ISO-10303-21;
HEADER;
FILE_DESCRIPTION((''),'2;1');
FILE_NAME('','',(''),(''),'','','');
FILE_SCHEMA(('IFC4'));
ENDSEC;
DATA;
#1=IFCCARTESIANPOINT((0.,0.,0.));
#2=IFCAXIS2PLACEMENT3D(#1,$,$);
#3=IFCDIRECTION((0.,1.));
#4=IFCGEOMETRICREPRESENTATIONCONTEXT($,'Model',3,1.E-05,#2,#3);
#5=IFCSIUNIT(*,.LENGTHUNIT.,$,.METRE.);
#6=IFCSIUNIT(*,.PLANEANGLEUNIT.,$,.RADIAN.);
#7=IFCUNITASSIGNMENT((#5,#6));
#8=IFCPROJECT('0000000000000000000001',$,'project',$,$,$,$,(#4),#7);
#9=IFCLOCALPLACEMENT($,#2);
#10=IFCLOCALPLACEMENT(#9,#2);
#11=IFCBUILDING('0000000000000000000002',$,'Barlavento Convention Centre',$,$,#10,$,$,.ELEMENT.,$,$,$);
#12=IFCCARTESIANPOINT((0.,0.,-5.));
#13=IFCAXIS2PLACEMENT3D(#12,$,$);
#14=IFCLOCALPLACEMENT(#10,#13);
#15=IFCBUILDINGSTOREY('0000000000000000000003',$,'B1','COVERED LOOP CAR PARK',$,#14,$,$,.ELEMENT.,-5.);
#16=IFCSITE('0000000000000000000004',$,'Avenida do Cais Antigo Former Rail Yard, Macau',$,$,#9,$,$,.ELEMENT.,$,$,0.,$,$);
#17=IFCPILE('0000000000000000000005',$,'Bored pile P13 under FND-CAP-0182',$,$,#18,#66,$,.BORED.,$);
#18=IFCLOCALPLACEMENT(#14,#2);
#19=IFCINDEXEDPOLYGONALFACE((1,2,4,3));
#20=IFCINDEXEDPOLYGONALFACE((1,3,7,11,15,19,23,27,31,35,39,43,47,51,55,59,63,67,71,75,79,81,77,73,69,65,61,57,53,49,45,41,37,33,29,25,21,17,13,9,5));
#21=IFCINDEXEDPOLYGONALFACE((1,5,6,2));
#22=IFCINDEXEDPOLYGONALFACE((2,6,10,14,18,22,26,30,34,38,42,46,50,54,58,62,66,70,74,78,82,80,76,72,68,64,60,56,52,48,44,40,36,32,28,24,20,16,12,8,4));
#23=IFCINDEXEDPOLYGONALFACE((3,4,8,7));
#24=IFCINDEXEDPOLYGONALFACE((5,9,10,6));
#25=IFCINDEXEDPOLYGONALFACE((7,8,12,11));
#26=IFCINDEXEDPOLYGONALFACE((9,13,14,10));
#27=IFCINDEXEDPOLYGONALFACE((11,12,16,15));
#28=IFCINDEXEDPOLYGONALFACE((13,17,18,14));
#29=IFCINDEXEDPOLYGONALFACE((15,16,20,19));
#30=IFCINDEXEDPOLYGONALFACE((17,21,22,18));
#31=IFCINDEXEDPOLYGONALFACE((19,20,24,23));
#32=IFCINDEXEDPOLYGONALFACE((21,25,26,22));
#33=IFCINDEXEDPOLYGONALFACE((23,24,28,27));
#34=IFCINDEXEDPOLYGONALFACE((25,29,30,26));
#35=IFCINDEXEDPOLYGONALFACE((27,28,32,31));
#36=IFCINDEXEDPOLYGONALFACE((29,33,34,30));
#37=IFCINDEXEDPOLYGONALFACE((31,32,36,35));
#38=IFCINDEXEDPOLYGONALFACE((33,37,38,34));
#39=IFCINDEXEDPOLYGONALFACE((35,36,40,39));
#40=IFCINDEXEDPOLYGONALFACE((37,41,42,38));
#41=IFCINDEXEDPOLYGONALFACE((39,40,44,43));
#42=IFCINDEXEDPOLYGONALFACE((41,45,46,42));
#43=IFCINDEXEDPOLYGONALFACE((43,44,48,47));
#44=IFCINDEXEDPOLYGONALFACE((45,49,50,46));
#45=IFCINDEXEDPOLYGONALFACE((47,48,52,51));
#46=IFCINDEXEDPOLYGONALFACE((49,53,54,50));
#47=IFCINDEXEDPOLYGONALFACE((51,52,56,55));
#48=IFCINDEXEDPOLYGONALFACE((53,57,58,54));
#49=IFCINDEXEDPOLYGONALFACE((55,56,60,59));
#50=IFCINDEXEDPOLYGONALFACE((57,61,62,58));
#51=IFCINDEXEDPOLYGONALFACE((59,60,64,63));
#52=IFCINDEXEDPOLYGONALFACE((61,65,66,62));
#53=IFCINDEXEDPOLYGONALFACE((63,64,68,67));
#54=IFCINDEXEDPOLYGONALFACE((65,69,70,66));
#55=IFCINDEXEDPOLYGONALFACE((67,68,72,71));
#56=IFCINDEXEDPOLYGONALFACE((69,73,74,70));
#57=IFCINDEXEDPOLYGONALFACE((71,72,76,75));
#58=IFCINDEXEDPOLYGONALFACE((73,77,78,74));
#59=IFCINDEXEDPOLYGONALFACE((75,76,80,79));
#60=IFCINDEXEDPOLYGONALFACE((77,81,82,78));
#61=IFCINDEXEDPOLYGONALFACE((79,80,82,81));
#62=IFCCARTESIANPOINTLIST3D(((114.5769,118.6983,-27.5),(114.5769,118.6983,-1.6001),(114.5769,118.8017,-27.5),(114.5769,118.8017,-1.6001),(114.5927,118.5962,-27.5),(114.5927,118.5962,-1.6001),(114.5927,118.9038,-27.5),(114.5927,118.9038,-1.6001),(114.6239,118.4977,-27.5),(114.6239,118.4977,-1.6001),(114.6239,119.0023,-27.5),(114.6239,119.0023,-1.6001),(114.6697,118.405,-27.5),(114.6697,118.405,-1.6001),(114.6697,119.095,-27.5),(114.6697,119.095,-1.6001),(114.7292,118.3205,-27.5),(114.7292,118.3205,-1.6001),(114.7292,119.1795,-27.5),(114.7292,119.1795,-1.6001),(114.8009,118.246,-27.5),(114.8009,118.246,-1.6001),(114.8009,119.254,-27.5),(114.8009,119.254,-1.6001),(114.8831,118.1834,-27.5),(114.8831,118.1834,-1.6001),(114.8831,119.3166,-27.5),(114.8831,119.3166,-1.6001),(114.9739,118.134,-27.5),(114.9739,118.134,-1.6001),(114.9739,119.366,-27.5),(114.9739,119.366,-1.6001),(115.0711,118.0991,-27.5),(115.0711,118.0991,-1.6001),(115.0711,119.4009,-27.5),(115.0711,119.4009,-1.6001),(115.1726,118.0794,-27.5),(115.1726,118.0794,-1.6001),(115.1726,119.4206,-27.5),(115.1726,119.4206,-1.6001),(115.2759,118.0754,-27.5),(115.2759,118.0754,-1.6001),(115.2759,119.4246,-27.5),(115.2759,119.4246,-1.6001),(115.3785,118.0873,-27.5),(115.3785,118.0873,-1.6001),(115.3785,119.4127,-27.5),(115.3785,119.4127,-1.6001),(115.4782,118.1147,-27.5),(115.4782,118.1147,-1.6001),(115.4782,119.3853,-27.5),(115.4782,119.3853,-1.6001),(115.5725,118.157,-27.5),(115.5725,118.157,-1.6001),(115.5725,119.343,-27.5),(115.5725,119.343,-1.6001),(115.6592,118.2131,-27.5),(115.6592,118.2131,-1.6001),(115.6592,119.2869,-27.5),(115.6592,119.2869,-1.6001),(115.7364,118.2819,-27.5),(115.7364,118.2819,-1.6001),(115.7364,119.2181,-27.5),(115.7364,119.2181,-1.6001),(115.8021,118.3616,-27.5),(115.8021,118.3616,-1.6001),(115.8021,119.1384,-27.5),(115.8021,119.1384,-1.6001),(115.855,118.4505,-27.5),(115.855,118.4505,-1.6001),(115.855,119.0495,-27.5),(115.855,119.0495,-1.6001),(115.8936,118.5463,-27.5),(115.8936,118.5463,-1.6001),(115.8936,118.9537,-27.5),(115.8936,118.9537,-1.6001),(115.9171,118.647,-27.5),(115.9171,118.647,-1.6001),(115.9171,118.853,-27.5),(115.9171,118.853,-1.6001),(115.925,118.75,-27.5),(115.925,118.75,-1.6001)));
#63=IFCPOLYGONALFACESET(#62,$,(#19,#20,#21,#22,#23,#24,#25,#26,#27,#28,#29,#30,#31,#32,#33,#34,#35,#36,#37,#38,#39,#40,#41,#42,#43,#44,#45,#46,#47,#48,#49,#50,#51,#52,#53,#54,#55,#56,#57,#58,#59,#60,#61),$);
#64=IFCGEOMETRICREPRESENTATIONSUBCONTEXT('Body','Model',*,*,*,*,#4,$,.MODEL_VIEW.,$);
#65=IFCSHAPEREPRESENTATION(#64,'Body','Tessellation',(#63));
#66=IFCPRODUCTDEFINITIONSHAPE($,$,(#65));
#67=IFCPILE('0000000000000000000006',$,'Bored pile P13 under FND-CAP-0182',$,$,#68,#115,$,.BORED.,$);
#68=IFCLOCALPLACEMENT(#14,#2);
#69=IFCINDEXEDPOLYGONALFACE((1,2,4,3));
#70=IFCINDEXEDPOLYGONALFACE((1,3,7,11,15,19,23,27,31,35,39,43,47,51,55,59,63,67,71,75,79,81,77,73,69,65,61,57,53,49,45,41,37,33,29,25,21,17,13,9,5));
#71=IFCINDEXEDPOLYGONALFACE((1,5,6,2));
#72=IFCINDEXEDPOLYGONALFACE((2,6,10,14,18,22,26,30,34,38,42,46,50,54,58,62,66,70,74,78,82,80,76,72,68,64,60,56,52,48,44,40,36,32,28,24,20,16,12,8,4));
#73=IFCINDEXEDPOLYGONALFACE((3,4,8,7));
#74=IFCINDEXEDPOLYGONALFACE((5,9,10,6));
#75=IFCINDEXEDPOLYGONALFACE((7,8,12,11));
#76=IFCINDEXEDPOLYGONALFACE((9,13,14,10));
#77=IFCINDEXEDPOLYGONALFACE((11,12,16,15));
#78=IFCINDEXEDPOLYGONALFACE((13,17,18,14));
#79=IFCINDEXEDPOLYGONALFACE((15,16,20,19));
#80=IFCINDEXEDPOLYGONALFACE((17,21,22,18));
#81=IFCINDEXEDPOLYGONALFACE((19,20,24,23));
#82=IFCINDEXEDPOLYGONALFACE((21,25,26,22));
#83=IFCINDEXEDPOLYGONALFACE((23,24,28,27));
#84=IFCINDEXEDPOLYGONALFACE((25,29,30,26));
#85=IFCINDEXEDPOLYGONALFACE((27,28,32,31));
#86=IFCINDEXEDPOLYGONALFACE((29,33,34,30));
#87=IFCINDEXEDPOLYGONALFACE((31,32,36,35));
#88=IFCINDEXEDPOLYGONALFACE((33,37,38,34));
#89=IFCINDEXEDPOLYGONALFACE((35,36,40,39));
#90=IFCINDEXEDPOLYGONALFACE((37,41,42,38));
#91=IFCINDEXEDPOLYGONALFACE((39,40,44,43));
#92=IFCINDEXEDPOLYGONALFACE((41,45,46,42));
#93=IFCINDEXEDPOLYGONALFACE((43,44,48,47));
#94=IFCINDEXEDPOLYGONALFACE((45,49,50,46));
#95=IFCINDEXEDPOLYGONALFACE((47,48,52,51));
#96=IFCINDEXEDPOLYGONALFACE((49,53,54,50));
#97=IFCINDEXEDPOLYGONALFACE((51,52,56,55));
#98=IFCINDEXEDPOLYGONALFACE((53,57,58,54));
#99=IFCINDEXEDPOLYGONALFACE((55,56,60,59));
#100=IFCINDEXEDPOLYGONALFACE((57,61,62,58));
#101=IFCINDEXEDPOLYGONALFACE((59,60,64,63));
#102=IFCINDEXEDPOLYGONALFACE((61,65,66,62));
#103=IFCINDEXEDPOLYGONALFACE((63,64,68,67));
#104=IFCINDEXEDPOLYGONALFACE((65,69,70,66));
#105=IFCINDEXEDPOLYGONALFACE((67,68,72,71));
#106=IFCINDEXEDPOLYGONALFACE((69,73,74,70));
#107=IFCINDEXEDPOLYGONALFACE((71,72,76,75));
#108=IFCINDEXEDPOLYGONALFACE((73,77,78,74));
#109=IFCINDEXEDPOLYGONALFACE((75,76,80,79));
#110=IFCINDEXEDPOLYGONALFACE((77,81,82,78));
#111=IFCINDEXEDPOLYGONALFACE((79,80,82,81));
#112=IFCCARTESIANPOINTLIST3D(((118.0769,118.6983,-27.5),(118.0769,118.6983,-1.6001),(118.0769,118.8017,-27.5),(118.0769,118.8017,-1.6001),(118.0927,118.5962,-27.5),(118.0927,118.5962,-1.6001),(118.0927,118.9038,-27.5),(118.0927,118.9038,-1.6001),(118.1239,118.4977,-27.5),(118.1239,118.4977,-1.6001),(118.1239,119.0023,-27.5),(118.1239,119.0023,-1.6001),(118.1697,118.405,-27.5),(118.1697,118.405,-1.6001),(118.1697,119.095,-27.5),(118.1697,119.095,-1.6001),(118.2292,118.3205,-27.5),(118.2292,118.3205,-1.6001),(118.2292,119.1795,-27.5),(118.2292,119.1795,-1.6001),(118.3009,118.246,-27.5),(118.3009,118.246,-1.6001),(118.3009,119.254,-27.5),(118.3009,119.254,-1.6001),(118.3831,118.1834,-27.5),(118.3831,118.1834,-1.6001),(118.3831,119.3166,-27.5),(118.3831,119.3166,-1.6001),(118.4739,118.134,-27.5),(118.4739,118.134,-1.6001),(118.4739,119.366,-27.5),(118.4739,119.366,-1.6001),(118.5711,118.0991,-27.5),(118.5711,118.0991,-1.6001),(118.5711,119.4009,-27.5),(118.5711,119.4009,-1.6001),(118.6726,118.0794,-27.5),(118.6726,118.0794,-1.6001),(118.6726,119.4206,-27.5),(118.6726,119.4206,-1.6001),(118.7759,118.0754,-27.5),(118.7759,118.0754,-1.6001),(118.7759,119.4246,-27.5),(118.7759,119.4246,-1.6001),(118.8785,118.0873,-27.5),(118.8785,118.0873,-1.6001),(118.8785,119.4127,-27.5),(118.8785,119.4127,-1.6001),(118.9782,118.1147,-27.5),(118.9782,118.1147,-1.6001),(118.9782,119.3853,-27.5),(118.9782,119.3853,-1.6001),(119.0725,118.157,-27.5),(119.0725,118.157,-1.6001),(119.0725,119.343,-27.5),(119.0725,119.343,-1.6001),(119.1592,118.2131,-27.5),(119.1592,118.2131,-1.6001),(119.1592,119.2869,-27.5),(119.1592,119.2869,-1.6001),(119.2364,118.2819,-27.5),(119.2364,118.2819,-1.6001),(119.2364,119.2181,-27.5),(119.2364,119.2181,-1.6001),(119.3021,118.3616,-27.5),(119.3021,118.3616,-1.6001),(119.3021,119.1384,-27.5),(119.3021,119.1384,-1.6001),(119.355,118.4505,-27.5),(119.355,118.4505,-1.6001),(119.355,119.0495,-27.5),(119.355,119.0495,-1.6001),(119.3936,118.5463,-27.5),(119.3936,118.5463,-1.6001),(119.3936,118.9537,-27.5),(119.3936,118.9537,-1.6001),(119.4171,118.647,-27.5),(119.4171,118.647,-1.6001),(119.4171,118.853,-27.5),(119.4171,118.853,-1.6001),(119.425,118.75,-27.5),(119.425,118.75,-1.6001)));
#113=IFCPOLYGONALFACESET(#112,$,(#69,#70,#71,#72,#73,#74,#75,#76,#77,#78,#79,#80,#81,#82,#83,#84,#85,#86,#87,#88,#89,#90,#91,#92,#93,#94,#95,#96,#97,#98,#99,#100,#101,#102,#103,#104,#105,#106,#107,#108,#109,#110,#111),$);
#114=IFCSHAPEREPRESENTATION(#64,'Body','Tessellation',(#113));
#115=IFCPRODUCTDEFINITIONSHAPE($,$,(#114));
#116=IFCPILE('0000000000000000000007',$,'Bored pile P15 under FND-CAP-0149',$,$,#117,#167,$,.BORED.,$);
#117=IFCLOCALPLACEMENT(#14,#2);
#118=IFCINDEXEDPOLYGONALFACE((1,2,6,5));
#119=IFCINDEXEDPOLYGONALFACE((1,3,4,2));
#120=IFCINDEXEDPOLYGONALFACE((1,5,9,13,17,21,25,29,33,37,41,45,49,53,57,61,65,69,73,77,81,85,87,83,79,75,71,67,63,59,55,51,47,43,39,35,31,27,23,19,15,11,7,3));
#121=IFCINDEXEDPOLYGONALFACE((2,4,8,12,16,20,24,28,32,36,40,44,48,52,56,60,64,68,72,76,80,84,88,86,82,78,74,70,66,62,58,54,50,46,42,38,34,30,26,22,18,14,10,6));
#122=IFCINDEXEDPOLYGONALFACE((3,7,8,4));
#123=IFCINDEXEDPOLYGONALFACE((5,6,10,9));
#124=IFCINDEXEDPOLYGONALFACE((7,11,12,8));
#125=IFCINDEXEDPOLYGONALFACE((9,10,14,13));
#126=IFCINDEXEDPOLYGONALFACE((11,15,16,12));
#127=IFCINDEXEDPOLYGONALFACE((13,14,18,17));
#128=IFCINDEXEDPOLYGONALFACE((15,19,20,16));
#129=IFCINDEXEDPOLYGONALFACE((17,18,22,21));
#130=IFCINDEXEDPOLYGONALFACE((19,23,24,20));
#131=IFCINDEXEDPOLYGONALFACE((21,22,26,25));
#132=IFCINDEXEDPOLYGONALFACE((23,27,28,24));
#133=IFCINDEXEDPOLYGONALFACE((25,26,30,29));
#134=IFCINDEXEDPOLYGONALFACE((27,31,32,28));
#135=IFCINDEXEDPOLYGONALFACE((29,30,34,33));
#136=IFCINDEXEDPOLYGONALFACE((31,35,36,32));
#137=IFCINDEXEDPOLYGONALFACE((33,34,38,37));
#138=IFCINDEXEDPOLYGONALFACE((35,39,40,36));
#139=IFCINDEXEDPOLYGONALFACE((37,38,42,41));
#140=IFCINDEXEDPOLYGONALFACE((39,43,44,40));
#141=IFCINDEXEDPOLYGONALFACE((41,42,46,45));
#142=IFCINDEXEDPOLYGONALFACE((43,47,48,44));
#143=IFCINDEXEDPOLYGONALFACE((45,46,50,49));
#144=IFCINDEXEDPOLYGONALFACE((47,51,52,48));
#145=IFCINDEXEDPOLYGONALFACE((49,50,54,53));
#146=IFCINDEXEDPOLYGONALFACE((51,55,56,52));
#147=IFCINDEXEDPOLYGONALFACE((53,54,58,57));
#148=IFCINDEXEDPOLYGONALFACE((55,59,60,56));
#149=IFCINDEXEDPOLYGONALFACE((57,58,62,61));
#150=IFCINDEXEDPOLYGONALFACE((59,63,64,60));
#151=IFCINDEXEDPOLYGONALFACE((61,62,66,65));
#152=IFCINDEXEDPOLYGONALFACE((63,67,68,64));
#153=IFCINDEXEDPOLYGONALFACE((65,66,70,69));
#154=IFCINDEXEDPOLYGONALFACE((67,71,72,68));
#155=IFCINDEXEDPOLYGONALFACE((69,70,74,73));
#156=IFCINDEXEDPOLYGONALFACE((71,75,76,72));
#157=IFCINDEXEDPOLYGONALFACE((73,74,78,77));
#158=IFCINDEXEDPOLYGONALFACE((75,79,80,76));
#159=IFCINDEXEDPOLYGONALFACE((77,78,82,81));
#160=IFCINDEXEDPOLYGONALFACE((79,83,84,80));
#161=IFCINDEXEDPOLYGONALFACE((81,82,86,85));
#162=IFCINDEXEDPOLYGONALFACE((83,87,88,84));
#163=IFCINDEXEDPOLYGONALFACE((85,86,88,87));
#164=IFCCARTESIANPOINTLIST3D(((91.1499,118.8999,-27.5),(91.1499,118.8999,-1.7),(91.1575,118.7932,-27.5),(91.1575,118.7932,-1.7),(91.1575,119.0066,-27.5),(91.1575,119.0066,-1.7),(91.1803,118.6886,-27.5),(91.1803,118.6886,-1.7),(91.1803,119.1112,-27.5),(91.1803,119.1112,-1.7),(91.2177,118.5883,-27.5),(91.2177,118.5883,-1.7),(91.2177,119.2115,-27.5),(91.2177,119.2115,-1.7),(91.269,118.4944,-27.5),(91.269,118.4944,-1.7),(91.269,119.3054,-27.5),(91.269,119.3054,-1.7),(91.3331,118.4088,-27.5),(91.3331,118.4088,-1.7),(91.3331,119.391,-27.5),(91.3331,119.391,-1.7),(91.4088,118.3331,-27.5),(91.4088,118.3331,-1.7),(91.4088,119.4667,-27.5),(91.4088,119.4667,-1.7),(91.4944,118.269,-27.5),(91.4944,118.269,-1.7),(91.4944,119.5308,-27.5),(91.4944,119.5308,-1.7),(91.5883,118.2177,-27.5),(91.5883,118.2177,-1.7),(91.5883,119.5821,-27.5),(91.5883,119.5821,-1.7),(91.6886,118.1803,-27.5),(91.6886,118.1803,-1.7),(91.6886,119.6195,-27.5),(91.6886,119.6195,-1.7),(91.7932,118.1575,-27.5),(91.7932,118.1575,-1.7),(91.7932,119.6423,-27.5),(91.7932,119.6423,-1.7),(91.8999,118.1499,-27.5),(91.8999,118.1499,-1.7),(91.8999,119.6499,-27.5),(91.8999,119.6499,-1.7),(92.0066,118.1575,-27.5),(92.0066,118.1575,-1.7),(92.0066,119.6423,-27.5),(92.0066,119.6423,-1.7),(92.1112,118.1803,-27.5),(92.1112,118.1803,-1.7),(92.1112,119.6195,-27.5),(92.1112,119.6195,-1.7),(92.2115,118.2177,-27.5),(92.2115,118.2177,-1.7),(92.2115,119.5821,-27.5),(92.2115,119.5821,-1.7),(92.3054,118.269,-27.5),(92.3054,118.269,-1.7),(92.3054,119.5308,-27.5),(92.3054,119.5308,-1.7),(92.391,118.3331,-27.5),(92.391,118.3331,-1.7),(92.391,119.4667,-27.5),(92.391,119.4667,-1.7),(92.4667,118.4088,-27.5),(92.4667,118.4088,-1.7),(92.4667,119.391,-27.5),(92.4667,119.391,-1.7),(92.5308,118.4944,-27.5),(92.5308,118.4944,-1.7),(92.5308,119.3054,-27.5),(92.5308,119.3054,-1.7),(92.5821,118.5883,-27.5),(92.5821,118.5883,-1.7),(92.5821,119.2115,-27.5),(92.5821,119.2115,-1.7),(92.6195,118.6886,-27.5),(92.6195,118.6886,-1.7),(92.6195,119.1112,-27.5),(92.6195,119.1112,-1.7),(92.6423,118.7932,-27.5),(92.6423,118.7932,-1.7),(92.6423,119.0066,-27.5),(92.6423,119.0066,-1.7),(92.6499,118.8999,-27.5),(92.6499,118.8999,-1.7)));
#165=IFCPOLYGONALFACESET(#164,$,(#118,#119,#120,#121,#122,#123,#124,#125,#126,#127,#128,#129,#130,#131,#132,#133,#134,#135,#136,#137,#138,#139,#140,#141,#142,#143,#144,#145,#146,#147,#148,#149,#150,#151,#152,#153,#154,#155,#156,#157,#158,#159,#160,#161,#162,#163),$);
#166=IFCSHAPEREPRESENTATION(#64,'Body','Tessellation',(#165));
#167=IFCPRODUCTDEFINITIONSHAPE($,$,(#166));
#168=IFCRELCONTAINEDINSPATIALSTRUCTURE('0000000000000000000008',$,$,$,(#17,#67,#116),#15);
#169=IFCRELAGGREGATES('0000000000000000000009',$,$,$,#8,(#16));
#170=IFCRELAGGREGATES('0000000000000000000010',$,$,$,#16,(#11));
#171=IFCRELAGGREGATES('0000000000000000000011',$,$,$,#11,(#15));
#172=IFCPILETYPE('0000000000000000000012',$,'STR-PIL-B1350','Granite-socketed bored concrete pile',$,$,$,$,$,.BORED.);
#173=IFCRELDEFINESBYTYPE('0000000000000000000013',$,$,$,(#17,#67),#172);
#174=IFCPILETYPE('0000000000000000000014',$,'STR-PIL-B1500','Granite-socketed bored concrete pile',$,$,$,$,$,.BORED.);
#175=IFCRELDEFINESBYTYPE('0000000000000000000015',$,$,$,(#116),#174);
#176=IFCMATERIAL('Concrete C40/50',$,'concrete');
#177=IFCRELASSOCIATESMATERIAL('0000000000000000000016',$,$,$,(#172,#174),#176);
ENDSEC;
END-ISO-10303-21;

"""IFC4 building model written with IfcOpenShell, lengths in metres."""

from ifc_helpers import new_model, si_unit, direction, frame, origin, origin_2d, place, context, subcontext, project, spatial, circle, extrude, material, material_profile, profile_set, type_object, element, save


model = new_model("IFC4")

# Units and contexts
model_context = context("Model", 3, precision=1e-05, world=origin(), true_north=direction((0.0, 1.0)))
body_context = subcontext(model_context, "Body", "Model", "MODEL_VIEW")
ifc_project = project(units=[si_unit("LENGTHUNIT", "METRE"), si_unit("PLANEANGLEUNIT", "RADIAN")], contexts=[model_context])

# Site, building, storey
site_placement = place(None, origin())
site = spatial("IfcSite", under=ifc_project, at=site_placement, Name="Avenida do Cais Antigo Former Rail Yard, Macau", CompositionType="ELEMENT", RefElevation=0.0)
building_placement = place(site_placement, origin())
building = spatial("IfcBuilding", under=site, at=building_placement, Name="Barlavento Convention Centre", CompositionType="ELEMENT")
storey_placement = place(building_placement, frame((0.0, 0.0, -5.0)))
storey = spatial("IfcBuildingStorey", under=building, at=storey_placement, Name="B1", Description="COVERED LOOP CAR PARK", CompositionType="ELEMENT", Elevation=-5.0)

# Shared definitions
ifc_material_1 = material(Name="Concrete C40/50", Category="concrete")

# Piles
ifc_material_profile_1 = material_profile(ifc_material_1, circle(Radius=0.675, at=origin_2d()), Name="BORED PILE 1350")
ifc_profile_set_1 = profile_set([ifc_material_profile_1], Name="Concrete C40/50")
pile_type_1 = type_object("IfcPileType", Name="STR-PIL-B1350", Description="Granite-socketed bored concrete pile", PredefinedType="BORED", material=ifc_profile_set_1)
for number, where, z_axis, x_axis, name in (
    (1, (115.25, 118.75, -1.6001), (0.0, 0.0, -1.0), (1.0, 0.0, 0.0), "Bored pile P13 under FND-CAP-0182"),
    (2, (118.75, 118.75, -1.6001), (0.0, 0.0, -1.0), (1.0, 0.0, 0.0), "Bored pile P13 under FND-CAP-0182"),
):
    element("IfcPile", number, at=place(storey_placement, frame(where, z_axis=z_axis, x_axis=x_axis)), inside=storey, type_object=pile_type_1, Name=name, PredefinedType="BORED", context=body_context, shape_type="SweptSolid", body=[
        extrude(circle(Radius=0.675, at=origin_2d()), origin(), (0.0, 0.0, 1.0), 25.8999),
    ])
ifc_material_profile_2 = material_profile(ifc_material_1, circle(Radius=0.75, at=origin_2d()), Name="BORED PILE 1500")
ifc_profile_set_2 = profile_set([ifc_material_profile_2], Name="Concrete C40/50")
pile_type_2 = type_object("IfcPileType", Name="STR-PIL-B1500", Description="Granite-socketed bored concrete pile", PredefinedType="BORED", material=ifc_profile_set_2)
for number, where, z_axis, x_axis, name in (
    (3, (91.8999, 118.8999, -1.7), (0.0, 0.0, -1.0), (1.0, 0.0, 0.0), "Bored pile P15 under FND-CAP-0149"),
):
    element("IfcPile", number, at=place(storey_placement, frame(where, z_axis=z_axis, x_axis=x_axis)), inside=storey, type_object=pile_type_2, Name=name, PredefinedType="BORED", context=body_context, shape_type="SweptSolid", body=[
        extrude(circle(Radius=0.75, at=origin_2d()), origin(), (0.0, 0.0, 1.0), 25.8),
    ])

save(model, "model.ifc")
